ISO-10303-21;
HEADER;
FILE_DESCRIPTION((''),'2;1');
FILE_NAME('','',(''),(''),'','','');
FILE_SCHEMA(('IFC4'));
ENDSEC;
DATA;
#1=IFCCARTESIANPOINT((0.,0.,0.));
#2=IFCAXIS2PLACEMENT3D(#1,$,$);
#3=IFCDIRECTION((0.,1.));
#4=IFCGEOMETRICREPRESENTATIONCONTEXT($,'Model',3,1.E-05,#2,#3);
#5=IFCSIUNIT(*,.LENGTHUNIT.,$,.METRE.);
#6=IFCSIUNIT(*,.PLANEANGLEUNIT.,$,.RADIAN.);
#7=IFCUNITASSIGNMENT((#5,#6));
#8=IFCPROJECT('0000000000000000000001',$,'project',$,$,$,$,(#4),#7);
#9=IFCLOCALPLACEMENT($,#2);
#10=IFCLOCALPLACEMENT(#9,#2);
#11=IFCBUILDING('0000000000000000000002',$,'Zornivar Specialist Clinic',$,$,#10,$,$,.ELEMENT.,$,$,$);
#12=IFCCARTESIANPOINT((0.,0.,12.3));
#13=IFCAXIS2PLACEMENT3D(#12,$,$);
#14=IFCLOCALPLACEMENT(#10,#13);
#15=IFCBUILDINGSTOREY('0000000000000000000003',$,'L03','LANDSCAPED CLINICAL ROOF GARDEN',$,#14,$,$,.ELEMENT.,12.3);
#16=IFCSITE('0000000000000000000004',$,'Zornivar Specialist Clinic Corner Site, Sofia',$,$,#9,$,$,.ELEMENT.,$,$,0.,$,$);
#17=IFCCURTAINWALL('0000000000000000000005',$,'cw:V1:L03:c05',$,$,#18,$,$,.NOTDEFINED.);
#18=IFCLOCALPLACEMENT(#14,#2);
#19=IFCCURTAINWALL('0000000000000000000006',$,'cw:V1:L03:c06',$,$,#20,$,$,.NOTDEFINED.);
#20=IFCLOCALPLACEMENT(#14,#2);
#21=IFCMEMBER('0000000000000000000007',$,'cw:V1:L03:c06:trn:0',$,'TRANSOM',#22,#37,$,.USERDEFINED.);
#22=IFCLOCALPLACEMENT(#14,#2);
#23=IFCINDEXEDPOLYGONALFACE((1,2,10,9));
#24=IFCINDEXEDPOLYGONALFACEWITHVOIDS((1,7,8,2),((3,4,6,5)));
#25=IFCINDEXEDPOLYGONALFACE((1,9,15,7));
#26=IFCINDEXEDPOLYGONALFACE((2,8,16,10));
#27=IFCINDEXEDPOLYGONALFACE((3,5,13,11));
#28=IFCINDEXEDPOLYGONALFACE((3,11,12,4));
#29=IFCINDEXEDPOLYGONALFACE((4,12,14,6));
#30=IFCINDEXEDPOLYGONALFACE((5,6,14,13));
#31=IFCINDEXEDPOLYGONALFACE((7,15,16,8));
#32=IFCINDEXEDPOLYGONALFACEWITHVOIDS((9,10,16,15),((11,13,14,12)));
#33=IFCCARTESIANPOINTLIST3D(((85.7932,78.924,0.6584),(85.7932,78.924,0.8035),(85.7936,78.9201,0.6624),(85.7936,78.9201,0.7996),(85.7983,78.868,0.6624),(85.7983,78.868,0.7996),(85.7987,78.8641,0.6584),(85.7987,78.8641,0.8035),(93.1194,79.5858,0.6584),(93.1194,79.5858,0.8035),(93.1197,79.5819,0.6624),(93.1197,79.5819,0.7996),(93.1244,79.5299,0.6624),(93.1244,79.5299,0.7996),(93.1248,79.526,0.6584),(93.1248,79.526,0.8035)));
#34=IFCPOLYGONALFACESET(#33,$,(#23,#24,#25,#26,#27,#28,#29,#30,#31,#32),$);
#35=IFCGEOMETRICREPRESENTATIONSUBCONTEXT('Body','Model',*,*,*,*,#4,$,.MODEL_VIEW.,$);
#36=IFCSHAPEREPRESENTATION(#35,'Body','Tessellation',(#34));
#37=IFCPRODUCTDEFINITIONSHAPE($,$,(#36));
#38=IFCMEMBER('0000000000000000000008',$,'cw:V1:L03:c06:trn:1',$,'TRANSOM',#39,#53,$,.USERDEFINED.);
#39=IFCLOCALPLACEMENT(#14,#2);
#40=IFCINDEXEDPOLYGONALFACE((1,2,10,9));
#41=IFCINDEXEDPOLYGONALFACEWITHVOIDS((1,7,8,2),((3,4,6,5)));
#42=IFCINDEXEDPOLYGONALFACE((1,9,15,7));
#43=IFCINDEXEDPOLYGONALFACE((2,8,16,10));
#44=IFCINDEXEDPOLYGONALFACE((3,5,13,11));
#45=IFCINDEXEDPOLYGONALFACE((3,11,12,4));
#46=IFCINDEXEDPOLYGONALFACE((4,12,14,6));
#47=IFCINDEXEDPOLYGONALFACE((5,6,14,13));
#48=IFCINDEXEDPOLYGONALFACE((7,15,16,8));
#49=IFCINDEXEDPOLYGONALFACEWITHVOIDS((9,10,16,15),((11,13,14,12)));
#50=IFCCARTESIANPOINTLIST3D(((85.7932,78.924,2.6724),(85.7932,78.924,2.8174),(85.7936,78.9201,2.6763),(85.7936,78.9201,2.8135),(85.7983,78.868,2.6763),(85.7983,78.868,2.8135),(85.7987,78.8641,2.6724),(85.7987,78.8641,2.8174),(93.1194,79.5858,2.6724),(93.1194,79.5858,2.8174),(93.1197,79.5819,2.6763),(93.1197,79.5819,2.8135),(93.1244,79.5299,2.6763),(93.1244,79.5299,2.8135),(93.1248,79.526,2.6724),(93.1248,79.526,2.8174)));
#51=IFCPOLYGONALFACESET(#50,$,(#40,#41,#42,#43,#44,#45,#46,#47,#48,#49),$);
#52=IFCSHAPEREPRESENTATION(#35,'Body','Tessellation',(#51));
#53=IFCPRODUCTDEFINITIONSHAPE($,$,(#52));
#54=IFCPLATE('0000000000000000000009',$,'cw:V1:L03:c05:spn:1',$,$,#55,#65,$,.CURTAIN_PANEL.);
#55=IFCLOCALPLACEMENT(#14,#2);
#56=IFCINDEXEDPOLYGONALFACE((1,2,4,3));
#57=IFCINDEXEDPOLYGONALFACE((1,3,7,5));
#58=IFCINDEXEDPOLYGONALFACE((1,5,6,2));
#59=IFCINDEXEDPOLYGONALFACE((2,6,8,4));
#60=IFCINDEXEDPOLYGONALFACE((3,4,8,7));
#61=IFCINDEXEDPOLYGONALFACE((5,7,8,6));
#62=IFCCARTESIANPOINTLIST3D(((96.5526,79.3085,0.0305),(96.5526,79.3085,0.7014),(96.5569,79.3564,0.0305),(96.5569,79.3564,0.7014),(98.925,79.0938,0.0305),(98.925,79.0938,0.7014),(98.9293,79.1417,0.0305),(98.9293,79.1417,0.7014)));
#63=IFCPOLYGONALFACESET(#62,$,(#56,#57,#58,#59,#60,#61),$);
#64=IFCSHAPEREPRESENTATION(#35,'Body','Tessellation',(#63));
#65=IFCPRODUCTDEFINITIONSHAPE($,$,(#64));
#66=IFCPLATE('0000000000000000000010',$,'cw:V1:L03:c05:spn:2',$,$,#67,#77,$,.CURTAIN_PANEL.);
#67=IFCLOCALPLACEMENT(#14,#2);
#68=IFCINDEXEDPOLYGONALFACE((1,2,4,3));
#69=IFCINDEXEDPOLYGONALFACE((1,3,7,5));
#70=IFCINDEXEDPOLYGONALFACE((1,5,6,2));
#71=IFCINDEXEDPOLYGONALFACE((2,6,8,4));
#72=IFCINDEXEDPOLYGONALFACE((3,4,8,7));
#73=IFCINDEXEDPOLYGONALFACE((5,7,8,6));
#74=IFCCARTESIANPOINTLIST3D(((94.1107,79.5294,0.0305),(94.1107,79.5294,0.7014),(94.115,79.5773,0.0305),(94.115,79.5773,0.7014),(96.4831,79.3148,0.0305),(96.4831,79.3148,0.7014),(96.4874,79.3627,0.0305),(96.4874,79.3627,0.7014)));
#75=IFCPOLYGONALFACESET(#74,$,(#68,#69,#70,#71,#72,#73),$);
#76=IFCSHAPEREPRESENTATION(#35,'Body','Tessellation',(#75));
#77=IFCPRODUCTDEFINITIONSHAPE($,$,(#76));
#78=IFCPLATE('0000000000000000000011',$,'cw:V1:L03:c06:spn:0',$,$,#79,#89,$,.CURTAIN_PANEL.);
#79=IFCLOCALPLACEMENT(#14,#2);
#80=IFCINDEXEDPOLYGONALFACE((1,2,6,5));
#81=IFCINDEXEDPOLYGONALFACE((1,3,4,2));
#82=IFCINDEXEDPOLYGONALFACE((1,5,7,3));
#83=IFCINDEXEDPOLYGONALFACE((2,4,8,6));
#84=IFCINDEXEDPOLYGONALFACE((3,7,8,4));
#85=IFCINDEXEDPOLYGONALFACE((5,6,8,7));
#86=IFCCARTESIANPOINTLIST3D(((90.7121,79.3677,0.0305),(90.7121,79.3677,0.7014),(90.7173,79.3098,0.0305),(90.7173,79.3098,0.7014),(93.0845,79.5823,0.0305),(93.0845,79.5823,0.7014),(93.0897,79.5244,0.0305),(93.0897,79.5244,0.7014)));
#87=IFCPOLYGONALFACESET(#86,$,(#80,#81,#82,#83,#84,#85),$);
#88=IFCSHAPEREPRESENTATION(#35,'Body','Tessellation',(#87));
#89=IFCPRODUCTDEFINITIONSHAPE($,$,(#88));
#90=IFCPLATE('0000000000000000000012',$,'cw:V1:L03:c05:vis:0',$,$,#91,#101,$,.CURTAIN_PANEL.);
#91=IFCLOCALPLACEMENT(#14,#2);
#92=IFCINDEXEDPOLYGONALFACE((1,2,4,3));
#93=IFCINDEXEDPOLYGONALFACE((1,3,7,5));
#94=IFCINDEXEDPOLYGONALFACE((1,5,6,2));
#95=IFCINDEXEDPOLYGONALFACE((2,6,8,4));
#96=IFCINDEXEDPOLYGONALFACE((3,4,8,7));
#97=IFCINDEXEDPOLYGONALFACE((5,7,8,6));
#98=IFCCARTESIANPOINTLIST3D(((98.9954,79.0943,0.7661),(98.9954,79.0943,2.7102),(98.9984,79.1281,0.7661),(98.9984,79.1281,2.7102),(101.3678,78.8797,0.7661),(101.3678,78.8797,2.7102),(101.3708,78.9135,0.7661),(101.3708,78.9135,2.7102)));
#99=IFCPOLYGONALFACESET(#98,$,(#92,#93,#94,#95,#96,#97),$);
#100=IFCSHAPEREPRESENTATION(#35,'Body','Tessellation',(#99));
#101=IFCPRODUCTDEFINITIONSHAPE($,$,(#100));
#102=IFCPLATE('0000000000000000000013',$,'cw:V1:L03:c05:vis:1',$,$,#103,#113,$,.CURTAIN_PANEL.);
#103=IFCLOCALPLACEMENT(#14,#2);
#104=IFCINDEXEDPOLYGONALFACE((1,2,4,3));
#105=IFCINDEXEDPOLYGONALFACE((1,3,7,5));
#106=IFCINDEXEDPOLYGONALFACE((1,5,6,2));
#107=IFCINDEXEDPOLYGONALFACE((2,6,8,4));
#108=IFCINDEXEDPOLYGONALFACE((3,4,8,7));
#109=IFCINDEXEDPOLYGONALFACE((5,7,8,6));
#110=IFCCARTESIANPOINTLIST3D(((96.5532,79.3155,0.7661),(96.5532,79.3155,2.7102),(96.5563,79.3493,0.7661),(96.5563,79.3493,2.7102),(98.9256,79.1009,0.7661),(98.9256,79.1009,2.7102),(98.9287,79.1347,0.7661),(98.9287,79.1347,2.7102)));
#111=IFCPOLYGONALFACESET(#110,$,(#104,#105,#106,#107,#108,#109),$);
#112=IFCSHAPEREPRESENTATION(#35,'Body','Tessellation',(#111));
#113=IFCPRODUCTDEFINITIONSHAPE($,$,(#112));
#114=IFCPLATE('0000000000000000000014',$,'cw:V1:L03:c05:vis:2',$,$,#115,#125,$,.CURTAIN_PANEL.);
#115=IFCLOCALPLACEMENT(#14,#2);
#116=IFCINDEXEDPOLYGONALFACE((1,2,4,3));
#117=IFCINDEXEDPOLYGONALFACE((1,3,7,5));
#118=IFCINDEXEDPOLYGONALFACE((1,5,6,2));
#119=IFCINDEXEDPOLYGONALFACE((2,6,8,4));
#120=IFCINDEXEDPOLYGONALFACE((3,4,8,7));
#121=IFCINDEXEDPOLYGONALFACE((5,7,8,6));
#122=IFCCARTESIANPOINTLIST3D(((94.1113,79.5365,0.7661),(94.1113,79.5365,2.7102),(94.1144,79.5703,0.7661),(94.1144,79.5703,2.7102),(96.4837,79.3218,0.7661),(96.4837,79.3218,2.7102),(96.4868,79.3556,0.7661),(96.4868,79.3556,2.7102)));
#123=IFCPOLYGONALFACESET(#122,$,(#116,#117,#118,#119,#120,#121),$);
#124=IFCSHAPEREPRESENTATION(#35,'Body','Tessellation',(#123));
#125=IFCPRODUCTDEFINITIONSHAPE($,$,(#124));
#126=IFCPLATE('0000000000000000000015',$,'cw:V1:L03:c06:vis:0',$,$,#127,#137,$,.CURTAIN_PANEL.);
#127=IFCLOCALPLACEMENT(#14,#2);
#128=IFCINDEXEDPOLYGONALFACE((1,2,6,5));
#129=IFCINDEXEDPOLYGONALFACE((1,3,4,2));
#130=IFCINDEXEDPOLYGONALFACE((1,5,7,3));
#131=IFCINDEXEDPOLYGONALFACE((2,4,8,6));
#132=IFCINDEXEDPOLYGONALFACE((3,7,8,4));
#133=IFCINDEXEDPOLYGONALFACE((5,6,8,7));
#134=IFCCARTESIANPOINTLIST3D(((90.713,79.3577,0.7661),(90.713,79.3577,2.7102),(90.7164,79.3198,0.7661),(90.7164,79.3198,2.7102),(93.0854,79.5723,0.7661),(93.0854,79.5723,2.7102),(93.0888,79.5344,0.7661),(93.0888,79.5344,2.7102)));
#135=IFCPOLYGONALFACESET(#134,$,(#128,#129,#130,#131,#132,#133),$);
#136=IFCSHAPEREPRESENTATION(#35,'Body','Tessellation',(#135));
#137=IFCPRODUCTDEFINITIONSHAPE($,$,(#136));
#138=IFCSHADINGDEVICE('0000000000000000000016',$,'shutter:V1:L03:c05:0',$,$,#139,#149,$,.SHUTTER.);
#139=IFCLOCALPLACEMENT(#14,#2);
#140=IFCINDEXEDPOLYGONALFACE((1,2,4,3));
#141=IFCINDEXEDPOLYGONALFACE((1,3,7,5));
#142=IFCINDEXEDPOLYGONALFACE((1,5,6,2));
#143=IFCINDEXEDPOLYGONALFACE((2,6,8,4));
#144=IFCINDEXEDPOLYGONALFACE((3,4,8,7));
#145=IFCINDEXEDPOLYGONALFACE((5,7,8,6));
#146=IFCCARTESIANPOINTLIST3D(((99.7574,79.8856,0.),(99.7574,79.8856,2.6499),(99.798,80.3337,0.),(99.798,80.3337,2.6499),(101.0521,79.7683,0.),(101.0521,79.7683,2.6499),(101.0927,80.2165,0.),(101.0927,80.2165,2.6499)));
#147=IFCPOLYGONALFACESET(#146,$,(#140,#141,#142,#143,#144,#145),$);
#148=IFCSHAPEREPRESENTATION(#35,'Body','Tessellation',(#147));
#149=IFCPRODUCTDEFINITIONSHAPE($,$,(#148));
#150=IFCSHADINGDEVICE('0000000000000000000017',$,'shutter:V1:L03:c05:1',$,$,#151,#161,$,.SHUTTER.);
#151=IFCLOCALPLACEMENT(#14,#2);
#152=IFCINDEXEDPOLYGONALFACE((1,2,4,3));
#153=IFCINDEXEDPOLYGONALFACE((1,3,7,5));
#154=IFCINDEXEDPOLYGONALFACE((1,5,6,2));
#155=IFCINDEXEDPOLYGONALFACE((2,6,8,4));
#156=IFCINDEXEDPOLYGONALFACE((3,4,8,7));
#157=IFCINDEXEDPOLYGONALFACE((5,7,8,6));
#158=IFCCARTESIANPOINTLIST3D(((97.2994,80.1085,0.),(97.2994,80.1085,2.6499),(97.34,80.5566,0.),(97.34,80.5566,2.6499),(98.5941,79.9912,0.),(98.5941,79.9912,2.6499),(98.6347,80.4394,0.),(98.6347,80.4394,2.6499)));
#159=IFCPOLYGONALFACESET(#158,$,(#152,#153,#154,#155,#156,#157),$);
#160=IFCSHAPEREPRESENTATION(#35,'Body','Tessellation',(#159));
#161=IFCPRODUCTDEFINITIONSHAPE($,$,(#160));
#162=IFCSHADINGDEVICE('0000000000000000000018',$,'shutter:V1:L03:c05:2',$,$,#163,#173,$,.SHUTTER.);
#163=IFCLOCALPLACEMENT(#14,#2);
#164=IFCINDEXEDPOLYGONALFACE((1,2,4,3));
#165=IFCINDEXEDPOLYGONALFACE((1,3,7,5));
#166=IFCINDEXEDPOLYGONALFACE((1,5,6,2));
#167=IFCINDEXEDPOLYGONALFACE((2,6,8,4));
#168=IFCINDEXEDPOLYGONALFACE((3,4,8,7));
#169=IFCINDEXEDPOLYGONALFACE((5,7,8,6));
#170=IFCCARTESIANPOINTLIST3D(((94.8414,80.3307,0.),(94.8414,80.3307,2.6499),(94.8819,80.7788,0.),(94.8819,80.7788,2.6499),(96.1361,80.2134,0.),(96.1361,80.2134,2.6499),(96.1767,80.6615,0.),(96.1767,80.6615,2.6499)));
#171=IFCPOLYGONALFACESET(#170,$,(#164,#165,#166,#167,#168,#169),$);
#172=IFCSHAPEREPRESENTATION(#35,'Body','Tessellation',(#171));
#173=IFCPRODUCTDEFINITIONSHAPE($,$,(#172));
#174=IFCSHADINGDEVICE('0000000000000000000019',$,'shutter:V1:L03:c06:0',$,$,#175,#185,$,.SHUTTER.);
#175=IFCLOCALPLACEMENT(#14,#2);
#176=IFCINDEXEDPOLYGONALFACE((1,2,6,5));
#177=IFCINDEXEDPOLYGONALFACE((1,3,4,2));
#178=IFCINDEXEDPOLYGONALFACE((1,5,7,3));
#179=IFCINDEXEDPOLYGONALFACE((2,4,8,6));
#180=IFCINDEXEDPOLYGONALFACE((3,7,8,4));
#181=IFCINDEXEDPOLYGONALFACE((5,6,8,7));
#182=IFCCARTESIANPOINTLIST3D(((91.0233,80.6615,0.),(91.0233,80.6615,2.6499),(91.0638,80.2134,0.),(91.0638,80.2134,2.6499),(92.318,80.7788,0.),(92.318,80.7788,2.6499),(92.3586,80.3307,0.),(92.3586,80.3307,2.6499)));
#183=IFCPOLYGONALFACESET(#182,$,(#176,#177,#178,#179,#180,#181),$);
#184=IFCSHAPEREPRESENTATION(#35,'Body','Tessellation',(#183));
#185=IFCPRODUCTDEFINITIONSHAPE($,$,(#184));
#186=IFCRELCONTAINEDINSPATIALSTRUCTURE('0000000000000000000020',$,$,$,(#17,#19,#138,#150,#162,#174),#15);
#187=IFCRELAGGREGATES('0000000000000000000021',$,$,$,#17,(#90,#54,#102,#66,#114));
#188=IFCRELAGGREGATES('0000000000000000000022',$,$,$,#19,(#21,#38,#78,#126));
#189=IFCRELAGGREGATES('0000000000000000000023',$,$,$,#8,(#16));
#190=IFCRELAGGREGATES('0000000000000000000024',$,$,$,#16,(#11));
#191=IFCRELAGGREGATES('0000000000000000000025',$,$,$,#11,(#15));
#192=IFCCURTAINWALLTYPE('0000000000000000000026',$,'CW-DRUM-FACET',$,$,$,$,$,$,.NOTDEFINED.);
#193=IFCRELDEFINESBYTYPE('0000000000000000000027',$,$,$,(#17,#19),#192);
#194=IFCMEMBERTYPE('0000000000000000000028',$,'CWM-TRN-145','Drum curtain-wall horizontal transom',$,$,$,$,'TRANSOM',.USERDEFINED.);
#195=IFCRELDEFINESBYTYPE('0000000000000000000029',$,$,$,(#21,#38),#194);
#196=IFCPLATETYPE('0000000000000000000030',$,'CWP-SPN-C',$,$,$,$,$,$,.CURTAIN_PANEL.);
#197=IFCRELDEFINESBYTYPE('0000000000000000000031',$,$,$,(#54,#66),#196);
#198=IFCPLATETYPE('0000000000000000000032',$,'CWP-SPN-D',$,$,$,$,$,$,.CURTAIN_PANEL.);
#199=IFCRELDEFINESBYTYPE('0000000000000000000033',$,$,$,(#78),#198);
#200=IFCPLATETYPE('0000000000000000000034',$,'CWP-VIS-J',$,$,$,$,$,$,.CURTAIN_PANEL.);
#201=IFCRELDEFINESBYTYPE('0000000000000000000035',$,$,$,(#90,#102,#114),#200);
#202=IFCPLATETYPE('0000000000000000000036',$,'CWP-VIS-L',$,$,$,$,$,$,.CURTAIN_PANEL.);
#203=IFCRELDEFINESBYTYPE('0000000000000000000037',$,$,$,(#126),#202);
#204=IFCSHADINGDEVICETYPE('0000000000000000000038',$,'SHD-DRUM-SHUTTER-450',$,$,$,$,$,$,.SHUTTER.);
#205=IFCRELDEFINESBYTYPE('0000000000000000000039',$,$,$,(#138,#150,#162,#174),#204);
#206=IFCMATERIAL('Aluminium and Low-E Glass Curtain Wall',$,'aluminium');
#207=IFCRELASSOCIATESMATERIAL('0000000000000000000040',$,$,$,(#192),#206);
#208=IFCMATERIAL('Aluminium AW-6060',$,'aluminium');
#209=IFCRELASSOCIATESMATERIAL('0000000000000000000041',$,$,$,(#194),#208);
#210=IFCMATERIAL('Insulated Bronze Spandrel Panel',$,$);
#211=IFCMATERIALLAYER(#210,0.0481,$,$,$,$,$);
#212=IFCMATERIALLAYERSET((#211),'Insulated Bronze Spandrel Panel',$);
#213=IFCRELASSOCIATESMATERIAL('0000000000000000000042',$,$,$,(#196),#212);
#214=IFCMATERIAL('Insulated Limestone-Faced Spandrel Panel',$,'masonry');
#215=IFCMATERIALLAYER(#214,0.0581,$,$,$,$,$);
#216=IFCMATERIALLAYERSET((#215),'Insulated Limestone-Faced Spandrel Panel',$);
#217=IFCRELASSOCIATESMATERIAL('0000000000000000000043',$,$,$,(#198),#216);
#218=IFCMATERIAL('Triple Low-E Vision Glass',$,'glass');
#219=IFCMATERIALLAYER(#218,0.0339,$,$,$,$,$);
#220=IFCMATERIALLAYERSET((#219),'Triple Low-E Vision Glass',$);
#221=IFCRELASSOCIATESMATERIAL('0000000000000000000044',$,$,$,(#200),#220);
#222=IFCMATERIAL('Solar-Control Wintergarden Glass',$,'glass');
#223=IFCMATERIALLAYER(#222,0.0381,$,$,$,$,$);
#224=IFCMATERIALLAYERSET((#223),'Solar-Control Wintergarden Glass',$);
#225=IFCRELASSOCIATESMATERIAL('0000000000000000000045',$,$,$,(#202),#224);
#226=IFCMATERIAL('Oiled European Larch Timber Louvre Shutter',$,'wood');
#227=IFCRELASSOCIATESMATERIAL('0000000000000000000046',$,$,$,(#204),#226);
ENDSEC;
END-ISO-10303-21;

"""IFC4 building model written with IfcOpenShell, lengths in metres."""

from ifc_helpers import new_model, si_unit, direction, frame, origin, origin_2d, place, context, subcontext, project, spatial, rectangle, hollow_rectangle, extrude, material, layer, layer_set, material_profile, profile_set, type_object, element, aggregate, save


model = new_model("IFC4")

# Units and contexts
model_context = context("Model", 3, precision=1e-05, world=origin(), true_north=direction((0.0, 1.0)))
body_context = subcontext(model_context, "Body", "Model", "MODEL_VIEW")
ifc_project = project(units=[si_unit("LENGTHUNIT", "METRE"), si_unit("PLANEANGLEUNIT", "RADIAN")], contexts=[model_context])

# Site, building, storey
site_placement = place(None, origin())
site = spatial("IfcSite", under=ifc_project, at=site_placement, Name="Zornivar Specialist Clinic Corner Site, Sofia", CompositionType="ELEMENT", RefElevation=0.0)
building_placement = place(site_placement, origin())
building = spatial("IfcBuilding", under=site, at=building_placement, Name="Zornivar Specialist Clinic", CompositionType="ELEMENT")
storey_placement = place(building_placement, frame((0.0, 0.0, 12.3)))
storey = spatial("IfcBuildingStorey", under=building, at=storey_placement, Name="L03", Description="LANDSCAPED CLINICAL ROOF GARDEN", CompositionType="ELEMENT", Elevation=12.3)

# Curtain walls, members
ifc_material_1 = material(Name="Aluminium and Low-E Glass Curtain Wall", Category="aluminium")
curtain_wall_type = type_object("IfcCurtainWallType", Name="CW-DRUM-FACET", PredefinedType="NOTDEFINED", material=ifc_material_1)
curtain_wall_1_placement = place(storey_placement, origin())
curtain_wall_1 = element("IfcCurtainWall", 1, at=curtain_wall_1_placement, inside=storey, type_object=curtain_wall_type, Name="cw:V1:L03:c05", PredefinedType="NOTDEFINED")
curtain_wall_2_placement = place(storey_placement, origin())
curtain_wall_2 = element("IfcCurtainWall", 2, at=curtain_wall_2_placement, inside=storey, type_object=curtain_wall_type, Name="cw:V1:L03:c06", PredefinedType="NOTDEFINED")
ifc_material_2 = material(Name="Aluminium AW-6060", Category="aluminium")
ifc_material_profile_1 = material_profile(ifc_material_2, hollow_rectangle(XDim=0.0601, YDim=0.145, WallThickness=0.0039, at=origin_2d()), Name="ALU 60x145x4")
ifc_profile_set_1 = profile_set([ifc_material_profile_1], Name="Aluminium AW-6060")
member_type_1 = type_object("IfcMemberType", Name="CWM-TRN-145", Description="Drum curtain-wall horizontal transom", ElementType="TRANSOM", PredefinedType="USERDEFINED", material=ifc_profile_set_1)
member_1_placement = place(storey_placement, frame((93.1221, 79.5559, 0.731), z_axis=(-0.995944, -0.089976, 0.0), x_axis=(0.089976, -0.995944, 0.0)))
member_1 = element("IfcMember", 3, at=member_1_placement, type_object=member_type_1, Name="cw:V1:L03:c06:trn:0", ObjectType="TRANSOM", PredefinedType="USERDEFINED", context=body_context, shape_type="SweptSolid", body=[
    extrude(hollow_rectangle(XDim=0.0601, YDim=0.145, WallThickness=0.0039, at=origin_2d()), origin(), (0.0, 0.0, 1.0), 7.356),
])
member_2_placement = place(storey_placement, frame((93.1221, 79.5559, 2.7449), z_axis=(-0.995944, -0.089976, 0.0), x_axis=(0.089976, -0.995944, 0.0)))
member_2 = element("IfcMember", 4, at=member_2_placement, type_object=member_type_1, Name="cw:V1:L03:c06:trn:1", ObjectType="TRANSOM", PredefinedType="USERDEFINED", context=body_context, shape_type="SweptSolid", body=[
    extrude(hollow_rectangle(XDim=0.0601, YDim=0.145, WallThickness=0.0039, at=origin_2d()), origin(), (0.0, 0.0, 1.0), 7.356),
])

# Plates
ifc_material_3 = material(Name="Insulated Bronze Spandrel Panel")
ifc_layer_1 = layer(ifc_material_3, 0.0481)
ifc_layer_set_1 = layer_set([ifc_layer_1], Name="Insulated Bronze Spandrel Panel")
plate_type_1 = type_object("IfcPlateType", Name="CWP-SPN-C", PredefinedType="CURTAIN_PANEL", material=ifc_layer_set_1)
plate_1_placement = place(storey_placement, frame((97.741, 79.2251, 0.0305), z_axis=(0.0, 0.0, 1.0), x_axis=(-0.995933, 0.090099, 0.0)))
plate_1 = element("IfcPlate", 5, at=plate_1_placement, type_object=plate_type_1, Name="cw:V1:L03:c05:spn:1", PredefinedType="CURTAIN_PANEL", context=body_context, shape_type="SweptSolid", body=[
    extrude(rectangle(XDim=2.3821, YDim=0.0481, at=origin_2d()), origin(), (0.0, 0.0, 1.0), 0.6709),
])
plate_2_placement = place(storey_placement, frame((95.2991, 79.446, 0.0305), z_axis=(0.0, 0.0, 1.0), x_axis=(-0.995933, 0.090099, 0.0)))
plate_2 = element("IfcPlate", 6, at=plate_2_placement, type_object=plate_type_1, Name="cw:V1:L03:c05:spn:2", PredefinedType="CURTAIN_PANEL", context=body_context, shape_type="SweptSolid", body=[
    extrude(rectangle(XDim=2.3821, YDim=0.0481, at=origin_2d()), origin(), (0.0, 0.0, 1.0), 0.6709),
])
ifc_material_4 = material(Name="Insulated Limestone-Faced Spandrel Panel", Category="masonry")
ifc_layer_2 = layer(ifc_material_4, 0.0581)
ifc_layer_set_2 = layer_set([ifc_layer_2], Name="Insulated Limestone-Faced Spandrel Panel")
plate_type_2 = type_object("IfcPlateType", Name="CWP-SPN-D", PredefinedType="CURTAIN_PANEL", material=ifc_layer_set_2)
plate_3_placement = place(storey_placement, frame((91.9009, 79.446, 0.0305), z_axis=(0.0, 0.0, 1.0), x_axis=(-0.995933, -0.090099, 0.0)))
plate_3 = element("IfcPlate", 7, at=plate_3_placement, type_object=plate_type_2, Name="cw:V1:L03:c06:spn:0", PredefinedType="CURTAIN_PANEL", context=body_context, shape_type="SweptSolid", body=[
    extrude(rectangle(XDim=2.3821, YDim=0.0581, at=origin_2d()), origin(), (0.0, 0.0, 1.0), 0.6709),
])
ifc_material_5 = material(Name="Triple Low-E Vision Glass", Category="glass")
ifc_layer_3 = layer(ifc_material_5, 0.0339)
ifc_layer_set_3 = layer_set([ifc_layer_3], Name="Triple Low-E Vision Glass")
plate_type_3 = type_object("IfcPlateType", Name="CWP-VIS-J", PredefinedType="CURTAIN_PANEL", material=ifc_layer_set_3)
plate_4_placement = place(storey_placement, frame((100.1831, 79.0039, 0.7661), z_axis=(0.0, 0.0, 1.0), x_axis=(-0.995933, 0.090099, 0.0)))
plate_4 = element("IfcPlate", 8, at=plate_4_placement, type_object=plate_type_3, Name="cw:V1:L03:c05:vis:0", PredefinedType="CURTAIN_PANEL", context=body_context, shape_type="SweptSolid", body=[
    extrude(rectangle(XDim=2.3821, YDim=0.0339, at=origin_2d()), origin(), (0.0, 0.0, 1.0), 1.9441),
])
plate_5_placement = place(storey_placement, frame((97.741, 79.2251, 0.7661), z_axis=(0.0, 0.0, 1.0), x_axis=(-0.995933, 0.090099, 0.0)))
plate_5 = element("IfcPlate", 9, at=plate_5_placement, type_object=plate_type_3, Name="cw:V1:L03:c05:vis:1", PredefinedType="CURTAIN_PANEL", context=body_context, shape_type="SweptSolid", body=[
    extrude(rectangle(XDim=2.3821, YDim=0.0339, at=origin_2d()), origin(), (0.0, 0.0, 1.0), 1.9441),
])
plate_6_placement = place(storey_placement, frame((95.2991, 79.446, 0.7661), z_axis=(0.0, 0.0, 1.0), x_axis=(-0.995933, 0.090099, 0.0)))
plate_6 = element("IfcPlate", 10, at=plate_6_placement, type_object=plate_type_3, Name="cw:V1:L03:c05:vis:2", PredefinedType="CURTAIN_PANEL", context=body_context, shape_type="SweptSolid", body=[
    extrude(rectangle(XDim=2.3821, YDim=0.0339, at=origin_2d()), origin(), (0.0, 0.0, 1.0), 1.9441),
])
aggregate(curtain_wall_1, [plate_4, plate_1, plate_5, plate_2, plate_6])
ifc_material_6 = material(Name="Solar-Control Wintergarden Glass", Category="glass")
ifc_layer_4 = layer(ifc_material_6, 0.0381)
ifc_layer_set_4 = layer_set([ifc_layer_4], Name="Solar-Control Wintergarden Glass")
plate_type_4 = type_object("IfcPlateType", Name="CWP-VIS-L", PredefinedType="CURTAIN_PANEL", material=ifc_layer_set_4)
plate_7_placement = place(storey_placement, frame((91.9009, 79.446, 0.7661), z_axis=(0.0, 0.0, 1.0), x_axis=(-0.995933, -0.090099, 0.0)))
plate_7 = element("IfcPlate", 11, at=plate_7_placement, type_object=plate_type_4, Name="cw:V1:L03:c06:vis:0", PredefinedType="CURTAIN_PANEL", context=body_context, shape_type="SweptSolid", body=[
    extrude(rectangle(XDim=2.3821, YDim=0.0381, at=origin_2d()), origin(), (0.0, 0.0, 1.0), 1.9441),
])
aggregate(curtain_wall_2, [member_1, member_2, plate_3, plate_7])

# Shading devices
ifc_material_7 = material(Name="Oiled European Larch Timber Louvre Shutter", Category="wood")
shading_device_type = type_object("IfcShadingDeviceType", Name="SHD-DRUM-SHUTTER-450", PredefinedType="SHUTTER", material=ifc_material_7)
for number, where, z_axis, x_axis, name in (
    (12, (100.425, 80.051, 0.0), (0.0, 0.0, 1.0), (-0.995925, 0.090188, 0.0), "shutter:V1:L03:c05:0"),
    (13, (97.967, 80.2739, 0.0), (0.0, 0.0, 1.0), (-0.995925, 0.090188, 0.0), "shutter:V1:L03:c05:1"),
    (14, (95.509, 80.4961, 0.0), (0.0, 0.0, 1.0), (-0.995925, 0.090188, 0.0), "shutter:V1:L03:c05:2"),
    (15, (91.6909, 80.4961, 0.0), (0.0, 0.0, 1.0), (-0.995925, -0.090188, 0.0), "shutter:V1:L03:c06:0"),
):
    element("IfcShadingDevice", number, at=place(storey_placement, frame(where, z_axis=z_axis, x_axis=x_axis)), inside=storey, type_object=shading_device_type, Name=name, PredefinedType="SHUTTER", context=body_context, shape_type="SweptSolid", body=[
        extrude(rectangle(XDim=1.3, YDim=0.45, at=origin_2d()), origin(), (0.0, 0.0, 1.0), 2.6499),
    ])

save(model, "model.ifc")
